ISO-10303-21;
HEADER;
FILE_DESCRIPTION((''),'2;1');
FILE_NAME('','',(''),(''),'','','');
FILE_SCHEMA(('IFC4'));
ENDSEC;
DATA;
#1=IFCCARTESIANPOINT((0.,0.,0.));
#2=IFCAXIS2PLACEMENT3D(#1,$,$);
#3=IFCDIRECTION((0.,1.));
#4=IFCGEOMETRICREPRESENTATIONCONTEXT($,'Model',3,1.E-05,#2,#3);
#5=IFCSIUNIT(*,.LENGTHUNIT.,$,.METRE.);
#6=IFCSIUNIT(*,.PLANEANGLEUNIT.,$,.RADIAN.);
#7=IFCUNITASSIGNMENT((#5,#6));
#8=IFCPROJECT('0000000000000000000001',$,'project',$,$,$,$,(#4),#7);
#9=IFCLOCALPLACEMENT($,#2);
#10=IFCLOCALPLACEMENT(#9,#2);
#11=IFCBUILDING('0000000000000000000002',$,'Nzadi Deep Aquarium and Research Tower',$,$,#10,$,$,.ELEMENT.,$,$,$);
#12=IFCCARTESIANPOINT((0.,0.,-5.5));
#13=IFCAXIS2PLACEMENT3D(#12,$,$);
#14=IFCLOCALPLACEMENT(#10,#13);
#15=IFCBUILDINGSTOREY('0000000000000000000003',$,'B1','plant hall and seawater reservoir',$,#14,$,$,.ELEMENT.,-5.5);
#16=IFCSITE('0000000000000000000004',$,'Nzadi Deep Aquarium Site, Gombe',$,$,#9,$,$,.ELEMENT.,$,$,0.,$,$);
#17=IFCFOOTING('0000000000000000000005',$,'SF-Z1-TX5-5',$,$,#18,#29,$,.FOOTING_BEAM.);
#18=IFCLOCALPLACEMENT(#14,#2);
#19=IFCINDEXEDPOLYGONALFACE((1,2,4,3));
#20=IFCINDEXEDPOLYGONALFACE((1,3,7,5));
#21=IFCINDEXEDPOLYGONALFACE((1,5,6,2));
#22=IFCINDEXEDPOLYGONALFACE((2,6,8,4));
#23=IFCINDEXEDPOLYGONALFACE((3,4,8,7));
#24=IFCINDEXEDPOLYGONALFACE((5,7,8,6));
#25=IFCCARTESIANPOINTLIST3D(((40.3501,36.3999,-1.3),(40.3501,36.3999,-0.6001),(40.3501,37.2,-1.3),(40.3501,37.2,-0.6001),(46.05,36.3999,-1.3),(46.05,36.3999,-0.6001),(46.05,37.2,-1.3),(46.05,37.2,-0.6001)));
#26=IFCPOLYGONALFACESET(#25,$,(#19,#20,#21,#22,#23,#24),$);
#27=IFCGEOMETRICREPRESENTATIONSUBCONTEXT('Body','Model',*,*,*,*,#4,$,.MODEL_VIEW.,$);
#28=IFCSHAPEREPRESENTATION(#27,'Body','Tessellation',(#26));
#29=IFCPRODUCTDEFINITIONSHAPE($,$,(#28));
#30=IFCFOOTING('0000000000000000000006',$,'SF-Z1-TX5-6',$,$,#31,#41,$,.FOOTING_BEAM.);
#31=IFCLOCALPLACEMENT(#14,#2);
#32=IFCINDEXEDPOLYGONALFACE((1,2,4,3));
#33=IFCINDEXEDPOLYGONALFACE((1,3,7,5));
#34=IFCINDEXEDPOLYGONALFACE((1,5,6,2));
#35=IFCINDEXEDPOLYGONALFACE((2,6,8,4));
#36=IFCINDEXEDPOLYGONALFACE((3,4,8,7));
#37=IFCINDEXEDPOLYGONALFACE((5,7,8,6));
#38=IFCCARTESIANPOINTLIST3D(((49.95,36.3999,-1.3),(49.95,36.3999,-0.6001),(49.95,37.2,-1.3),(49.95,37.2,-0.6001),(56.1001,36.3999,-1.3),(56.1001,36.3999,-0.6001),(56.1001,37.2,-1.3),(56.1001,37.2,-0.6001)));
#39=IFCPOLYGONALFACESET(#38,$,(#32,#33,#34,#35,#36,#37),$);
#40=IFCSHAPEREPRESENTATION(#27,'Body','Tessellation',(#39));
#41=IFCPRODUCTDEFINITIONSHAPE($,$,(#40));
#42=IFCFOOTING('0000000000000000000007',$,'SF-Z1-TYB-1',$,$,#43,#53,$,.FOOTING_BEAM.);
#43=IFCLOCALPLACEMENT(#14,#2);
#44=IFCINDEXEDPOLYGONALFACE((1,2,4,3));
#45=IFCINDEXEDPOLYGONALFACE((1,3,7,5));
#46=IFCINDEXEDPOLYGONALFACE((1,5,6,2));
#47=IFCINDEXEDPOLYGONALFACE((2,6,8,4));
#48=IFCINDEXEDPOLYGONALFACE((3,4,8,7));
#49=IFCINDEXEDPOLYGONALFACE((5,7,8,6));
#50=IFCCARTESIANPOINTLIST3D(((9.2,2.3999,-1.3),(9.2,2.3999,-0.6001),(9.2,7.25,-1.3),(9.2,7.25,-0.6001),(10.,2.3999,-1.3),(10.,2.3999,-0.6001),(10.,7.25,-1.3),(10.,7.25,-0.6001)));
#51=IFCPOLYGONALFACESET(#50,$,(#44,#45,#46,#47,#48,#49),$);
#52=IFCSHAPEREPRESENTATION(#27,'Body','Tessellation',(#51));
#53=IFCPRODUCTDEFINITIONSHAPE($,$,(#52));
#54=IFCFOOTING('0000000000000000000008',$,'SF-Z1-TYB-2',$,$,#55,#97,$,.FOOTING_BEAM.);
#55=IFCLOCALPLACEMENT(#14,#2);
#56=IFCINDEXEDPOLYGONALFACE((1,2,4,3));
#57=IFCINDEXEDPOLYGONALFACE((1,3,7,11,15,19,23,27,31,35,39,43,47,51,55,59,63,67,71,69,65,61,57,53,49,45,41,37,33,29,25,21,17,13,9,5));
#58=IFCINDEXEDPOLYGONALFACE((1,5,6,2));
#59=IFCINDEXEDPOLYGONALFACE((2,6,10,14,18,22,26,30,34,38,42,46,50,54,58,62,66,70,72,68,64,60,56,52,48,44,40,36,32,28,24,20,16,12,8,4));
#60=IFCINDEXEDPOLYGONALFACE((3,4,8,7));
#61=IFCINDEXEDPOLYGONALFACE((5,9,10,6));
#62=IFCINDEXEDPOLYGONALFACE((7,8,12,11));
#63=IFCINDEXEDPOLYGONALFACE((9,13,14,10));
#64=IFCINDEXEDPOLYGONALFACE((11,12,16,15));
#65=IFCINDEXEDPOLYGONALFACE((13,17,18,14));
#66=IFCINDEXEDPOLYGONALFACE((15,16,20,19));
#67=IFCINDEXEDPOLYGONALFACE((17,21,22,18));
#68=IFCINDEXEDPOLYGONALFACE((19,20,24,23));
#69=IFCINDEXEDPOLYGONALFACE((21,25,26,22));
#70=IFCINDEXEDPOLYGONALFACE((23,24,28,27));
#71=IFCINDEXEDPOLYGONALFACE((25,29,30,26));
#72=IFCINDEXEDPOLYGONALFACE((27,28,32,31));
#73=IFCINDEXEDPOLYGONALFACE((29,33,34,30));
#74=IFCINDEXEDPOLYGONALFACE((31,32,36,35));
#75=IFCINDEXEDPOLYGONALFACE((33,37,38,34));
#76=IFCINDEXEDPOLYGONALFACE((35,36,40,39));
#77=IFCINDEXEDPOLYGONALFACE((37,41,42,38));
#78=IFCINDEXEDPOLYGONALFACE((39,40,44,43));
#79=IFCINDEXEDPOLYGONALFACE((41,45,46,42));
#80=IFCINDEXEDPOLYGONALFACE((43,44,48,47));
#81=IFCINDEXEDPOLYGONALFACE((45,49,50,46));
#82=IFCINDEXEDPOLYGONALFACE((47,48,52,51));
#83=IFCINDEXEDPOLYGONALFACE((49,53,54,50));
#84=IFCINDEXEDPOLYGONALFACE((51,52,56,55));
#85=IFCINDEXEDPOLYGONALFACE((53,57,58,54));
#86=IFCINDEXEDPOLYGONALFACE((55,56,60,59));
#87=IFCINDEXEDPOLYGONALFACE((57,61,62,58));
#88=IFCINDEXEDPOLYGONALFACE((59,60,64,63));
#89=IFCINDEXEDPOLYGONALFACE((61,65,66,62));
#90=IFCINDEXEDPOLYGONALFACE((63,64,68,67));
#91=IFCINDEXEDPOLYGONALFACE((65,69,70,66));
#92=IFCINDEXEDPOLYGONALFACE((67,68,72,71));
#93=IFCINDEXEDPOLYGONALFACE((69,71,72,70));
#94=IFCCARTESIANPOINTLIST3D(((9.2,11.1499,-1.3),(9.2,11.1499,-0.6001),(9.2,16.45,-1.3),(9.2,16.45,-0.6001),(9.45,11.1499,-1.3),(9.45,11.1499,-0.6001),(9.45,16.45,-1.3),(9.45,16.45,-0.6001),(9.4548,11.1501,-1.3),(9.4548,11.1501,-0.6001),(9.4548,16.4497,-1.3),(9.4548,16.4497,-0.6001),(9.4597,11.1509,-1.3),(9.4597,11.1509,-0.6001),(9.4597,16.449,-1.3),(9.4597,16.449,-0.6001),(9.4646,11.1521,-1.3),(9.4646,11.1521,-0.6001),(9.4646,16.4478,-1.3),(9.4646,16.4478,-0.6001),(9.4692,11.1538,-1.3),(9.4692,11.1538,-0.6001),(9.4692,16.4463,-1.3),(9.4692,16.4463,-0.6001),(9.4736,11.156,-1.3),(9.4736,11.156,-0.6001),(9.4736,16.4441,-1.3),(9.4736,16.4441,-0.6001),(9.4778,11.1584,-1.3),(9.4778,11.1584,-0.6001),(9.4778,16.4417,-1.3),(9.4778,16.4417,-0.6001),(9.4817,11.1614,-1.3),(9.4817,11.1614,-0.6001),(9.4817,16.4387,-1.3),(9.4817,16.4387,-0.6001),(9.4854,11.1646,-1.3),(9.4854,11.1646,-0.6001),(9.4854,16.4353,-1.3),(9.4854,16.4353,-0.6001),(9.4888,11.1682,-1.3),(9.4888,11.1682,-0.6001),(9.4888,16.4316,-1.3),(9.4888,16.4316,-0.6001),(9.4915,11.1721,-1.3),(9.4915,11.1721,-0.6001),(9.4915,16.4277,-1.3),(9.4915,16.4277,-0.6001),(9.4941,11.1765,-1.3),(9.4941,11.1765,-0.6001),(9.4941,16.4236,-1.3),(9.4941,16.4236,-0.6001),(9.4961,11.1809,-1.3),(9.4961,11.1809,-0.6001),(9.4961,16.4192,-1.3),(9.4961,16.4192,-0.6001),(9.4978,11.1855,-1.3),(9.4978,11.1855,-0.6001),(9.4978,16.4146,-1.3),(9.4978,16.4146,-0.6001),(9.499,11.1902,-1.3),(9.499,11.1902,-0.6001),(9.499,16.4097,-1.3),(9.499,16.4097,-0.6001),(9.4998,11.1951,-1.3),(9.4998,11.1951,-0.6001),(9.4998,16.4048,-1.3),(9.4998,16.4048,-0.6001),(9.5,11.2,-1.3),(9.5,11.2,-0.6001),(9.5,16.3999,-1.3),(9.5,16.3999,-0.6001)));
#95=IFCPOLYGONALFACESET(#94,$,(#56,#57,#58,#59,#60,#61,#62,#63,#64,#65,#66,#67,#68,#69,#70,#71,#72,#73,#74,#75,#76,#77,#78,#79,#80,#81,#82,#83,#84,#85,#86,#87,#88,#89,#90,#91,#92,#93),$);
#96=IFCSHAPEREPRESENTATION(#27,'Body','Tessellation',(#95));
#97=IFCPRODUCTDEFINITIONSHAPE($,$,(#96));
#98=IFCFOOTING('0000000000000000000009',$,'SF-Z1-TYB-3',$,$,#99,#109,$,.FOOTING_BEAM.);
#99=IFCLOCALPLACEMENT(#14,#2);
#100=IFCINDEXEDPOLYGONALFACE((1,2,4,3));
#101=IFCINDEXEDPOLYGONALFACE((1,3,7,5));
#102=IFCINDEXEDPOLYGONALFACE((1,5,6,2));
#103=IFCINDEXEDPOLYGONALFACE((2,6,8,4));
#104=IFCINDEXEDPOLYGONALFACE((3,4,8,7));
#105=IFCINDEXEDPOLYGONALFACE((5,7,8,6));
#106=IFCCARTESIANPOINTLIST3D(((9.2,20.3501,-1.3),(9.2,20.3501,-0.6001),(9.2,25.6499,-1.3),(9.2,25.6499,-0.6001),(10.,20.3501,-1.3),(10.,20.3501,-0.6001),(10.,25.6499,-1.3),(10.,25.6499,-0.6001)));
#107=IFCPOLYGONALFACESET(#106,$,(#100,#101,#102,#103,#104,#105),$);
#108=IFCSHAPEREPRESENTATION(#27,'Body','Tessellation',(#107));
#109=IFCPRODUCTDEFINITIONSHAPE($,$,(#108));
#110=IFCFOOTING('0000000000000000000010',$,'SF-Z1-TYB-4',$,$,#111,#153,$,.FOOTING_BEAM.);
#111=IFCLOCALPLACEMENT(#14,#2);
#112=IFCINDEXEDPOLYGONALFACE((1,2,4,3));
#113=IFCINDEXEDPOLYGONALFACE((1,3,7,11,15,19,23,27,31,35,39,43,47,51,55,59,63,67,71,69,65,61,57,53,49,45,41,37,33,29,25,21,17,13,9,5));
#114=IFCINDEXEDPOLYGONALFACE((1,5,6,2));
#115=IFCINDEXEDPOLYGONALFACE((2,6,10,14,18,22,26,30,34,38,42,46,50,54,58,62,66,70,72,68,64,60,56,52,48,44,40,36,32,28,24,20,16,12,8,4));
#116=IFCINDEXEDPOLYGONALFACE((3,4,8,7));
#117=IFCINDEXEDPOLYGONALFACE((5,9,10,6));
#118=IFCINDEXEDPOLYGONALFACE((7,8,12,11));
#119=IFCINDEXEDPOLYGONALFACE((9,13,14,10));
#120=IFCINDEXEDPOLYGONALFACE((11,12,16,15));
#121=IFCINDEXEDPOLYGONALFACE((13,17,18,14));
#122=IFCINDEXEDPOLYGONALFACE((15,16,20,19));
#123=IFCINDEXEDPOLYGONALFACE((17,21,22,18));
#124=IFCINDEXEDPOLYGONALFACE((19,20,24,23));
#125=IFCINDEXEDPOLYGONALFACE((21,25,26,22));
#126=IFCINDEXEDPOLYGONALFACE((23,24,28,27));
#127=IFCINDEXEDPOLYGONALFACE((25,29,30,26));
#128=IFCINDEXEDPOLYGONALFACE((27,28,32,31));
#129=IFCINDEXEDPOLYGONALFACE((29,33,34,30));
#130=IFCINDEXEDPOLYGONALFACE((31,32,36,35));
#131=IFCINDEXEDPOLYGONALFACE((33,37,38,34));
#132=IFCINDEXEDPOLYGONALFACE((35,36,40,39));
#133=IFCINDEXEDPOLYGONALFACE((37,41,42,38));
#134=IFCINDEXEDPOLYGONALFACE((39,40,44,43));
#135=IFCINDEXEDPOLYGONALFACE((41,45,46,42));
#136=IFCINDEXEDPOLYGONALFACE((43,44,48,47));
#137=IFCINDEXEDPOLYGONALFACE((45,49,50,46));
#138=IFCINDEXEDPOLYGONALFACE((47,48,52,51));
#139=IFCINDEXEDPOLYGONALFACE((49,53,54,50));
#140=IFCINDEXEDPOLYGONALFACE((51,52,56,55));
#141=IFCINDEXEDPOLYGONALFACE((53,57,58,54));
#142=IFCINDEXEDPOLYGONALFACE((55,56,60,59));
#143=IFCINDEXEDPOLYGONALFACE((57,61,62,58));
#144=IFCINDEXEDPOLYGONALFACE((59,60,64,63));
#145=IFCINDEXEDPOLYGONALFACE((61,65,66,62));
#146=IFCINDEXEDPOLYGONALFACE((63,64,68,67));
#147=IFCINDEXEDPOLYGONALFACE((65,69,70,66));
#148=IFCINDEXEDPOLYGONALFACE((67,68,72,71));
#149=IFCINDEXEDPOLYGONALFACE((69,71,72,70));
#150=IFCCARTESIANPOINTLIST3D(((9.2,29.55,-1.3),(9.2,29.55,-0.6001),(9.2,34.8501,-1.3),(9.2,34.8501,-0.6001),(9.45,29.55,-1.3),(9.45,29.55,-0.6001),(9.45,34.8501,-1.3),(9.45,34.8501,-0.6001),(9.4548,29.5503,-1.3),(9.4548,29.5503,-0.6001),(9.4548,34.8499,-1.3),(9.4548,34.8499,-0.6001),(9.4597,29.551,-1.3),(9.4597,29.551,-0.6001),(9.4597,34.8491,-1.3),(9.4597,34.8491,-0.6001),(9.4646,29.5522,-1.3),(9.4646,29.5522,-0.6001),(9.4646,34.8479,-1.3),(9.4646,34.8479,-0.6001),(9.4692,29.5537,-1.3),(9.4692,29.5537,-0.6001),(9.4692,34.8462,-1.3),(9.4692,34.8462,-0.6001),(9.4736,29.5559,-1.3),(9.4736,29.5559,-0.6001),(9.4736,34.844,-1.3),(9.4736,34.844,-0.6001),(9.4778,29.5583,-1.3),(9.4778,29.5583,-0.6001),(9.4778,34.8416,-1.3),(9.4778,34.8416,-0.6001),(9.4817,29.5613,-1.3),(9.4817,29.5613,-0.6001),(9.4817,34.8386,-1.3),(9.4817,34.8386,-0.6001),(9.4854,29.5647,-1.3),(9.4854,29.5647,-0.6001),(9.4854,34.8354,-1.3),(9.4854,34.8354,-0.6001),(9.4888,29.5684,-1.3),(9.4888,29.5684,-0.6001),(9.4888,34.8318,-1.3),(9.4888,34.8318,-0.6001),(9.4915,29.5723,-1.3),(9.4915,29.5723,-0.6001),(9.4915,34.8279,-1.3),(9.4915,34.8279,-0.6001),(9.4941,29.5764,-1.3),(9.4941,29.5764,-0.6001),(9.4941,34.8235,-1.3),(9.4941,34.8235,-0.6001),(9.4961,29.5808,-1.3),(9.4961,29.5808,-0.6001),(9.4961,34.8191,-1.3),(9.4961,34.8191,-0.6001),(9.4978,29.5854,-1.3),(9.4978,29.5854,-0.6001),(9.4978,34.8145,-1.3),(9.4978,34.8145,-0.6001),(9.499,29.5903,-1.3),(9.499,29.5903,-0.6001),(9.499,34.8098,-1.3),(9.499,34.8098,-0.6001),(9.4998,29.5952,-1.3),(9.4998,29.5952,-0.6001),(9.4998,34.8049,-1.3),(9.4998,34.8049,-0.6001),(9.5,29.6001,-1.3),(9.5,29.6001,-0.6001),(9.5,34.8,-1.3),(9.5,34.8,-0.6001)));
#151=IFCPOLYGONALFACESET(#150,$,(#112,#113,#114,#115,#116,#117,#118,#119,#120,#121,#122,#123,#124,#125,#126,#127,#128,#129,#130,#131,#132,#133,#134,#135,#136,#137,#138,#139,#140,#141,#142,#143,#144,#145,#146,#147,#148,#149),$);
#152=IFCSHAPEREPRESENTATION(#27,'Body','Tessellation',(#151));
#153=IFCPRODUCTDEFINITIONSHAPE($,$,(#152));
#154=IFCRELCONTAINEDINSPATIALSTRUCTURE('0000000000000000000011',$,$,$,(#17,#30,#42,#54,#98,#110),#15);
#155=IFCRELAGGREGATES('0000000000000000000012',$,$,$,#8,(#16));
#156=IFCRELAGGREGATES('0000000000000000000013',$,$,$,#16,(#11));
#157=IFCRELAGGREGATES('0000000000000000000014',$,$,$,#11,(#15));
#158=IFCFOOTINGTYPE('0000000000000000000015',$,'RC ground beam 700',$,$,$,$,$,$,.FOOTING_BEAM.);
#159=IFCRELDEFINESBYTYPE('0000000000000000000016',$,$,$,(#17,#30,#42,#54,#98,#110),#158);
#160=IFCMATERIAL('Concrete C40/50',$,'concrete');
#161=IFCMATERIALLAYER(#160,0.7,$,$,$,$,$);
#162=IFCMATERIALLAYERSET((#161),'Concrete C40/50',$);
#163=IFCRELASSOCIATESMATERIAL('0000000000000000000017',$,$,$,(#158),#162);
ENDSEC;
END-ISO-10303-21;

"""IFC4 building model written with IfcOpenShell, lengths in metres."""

from ifc_helpers import new_model, si_unit, direction, frame, origin, place, context, subcontext, project, spatial, polyline, outline, extrude, material, layer, layer_set, type_object, element, save


model = new_model("IFC4")

# Units and contexts
model_context = context("Model", 3, precision=1e-05, world=origin(), true_north=direction((0.0, 1.0)))
body_context = subcontext(model_context, "Body", "Model", "MODEL_VIEW")
ifc_project = project(units=[si_unit("LENGTHUNIT", "METRE"), si_unit("PLANEANGLEUNIT", "RADIAN")], contexts=[model_context])

# Site, building, storey
site_placement = place(None, origin())
site = spatial("IfcSite", under=ifc_project, at=site_placement, Name="Nzadi Deep Aquarium Site, Gombe", CompositionType="ELEMENT", RefElevation=0.0)
building_placement = place(site_placement, origin())
building = spatial("IfcBuilding", under=site, at=building_placement, Name="Nzadi Deep Aquarium and Research Tower", CompositionType="ELEMENT")
storey_placement = place(building_placement, frame((0.0, 0.0, -5.5)))
storey = spatial("IfcBuildingStorey", under=building, at=storey_placement, Name="B1", Description="plant hall and seawater reservoir", CompositionType="ELEMENT", Elevation=-5.5)

# Footings
ifc_material = material(Name="Concrete C40/50", Category="concrete")
ifc_layer = layer(ifc_material, 0.7)
ifc_layer_set = layer_set([ifc_layer], Name="Concrete C40/50")
footing_type = type_object("IfcFootingType", Name="RC ground beam 700", PredefinedType="FOOTING_BEAM", material=ifc_layer_set)
footing_1_placement = place(storey_placement, frame((0.0, 0.0, -1.3)))
element("IfcFooting", 1, at=footing_1_placement, inside=storey, type_object=footing_type, Name="SF-Z1-TX5-5", PredefinedType="FOOTING_BEAM", context=body_context, shape_type="SweptSolid", body=[
    extrude(outline(polyline([(46.05, 37.2), (40.3501, 37.2), (40.3501, 36.3999), (46.05, 36.3999), (46.05, 37.2)])), origin(), (0.0, 0.0, 1.0), 0.7),
])
footing_2_placement = place(storey_placement, frame((0.0, 0.0, -1.3)))
element("IfcFooting", 2, at=footing_2_placement, inside=storey, type_object=footing_type, Name="SF-Z1-TX5-6", PredefinedType="FOOTING_BEAM", context=body_context, shape_type="SweptSolid", body=[
    extrude(outline(polyline([(56.1001, 36.3999), (56.1001, 37.2), (49.95, 37.2), (49.95, 36.3999), (56.1001, 36.3999)])), origin(), (0.0, 0.0, 1.0), 0.7),
])
footing_3_placement = place(storey_placement, frame((0.0, 0.0, -1.3)))
element("IfcFooting", 3, at=footing_3_placement, inside=storey, type_object=footing_type, Name="SF-Z1-TYB-1", PredefinedType="FOOTING_BEAM", context=body_context, shape_type="SweptSolid", body=[
    extrude(outline(polyline([(10.0, 2.3999), (10.0, 7.25), (9.2, 7.25), (9.2, 2.3999), (10.0, 2.3999)])), origin(), (0.0, 0.0, 1.0), 0.7),
])
footing_4_placement = place(storey_placement, frame((0.0, 0.0, -1.3)))
element("IfcFooting", 4, at=footing_4_placement, inside=storey, type_object=footing_type, Name="SF-Z1-TYB-2", PredefinedType="FOOTING_BEAM", context=body_context, shape_type="SweptSolid", body=[
    extrude(outline(polyline([(9.2, 16.45), (9.2, 11.1499), (9.45, 11.1499), (9.4548, 11.1501), (9.4597, 11.1509), (9.4646, 11.1521), (9.4692, 11.1538), (9.4736, 11.156), (9.4778, 11.1584), (9.4817, 11.1614), (9.4854, 11.1646), (9.4888, 11.1682), (9.4915, 11.1721), (9.4941, 11.1765), (9.4961, 11.1809), (9.4978, 11.1855), (9.499, 11.1902), (9.4998, 11.1951), (9.5, 11.2), (9.5, 16.3999), (9.4998, 16.4048), (9.499, 16.4097), (9.4978, 16.4146), (9.4961, 16.4192), (9.4941, 16.4236), (9.4915, 16.4277), (9.4888, 16.4316), (9.4854, 16.4353), (9.4817, 16.4387), (9.4778, 16.4417), (9.4736, 16.4441), (9.4692, 16.4463), (9.4646, 16.4478), (9.4597, 16.449), (9.4548, 16.4497), (9.45, 16.45), (9.2, 16.45)])), origin(), (0.0, 0.0, 1.0), 0.7),
])
footing_5_placement = place(storey_placement, frame((0.0, 0.0, -1.3)))
element("IfcFooting", 5, at=footing_5_placement, inside=storey, type_object=footing_type, Name="SF-Z1-TYB-3", PredefinedType="FOOTING_BEAM", context=body_context, shape_type="SweptSolid", body=[
    extrude(outline(polyline([(10.0, 20.3501), (10.0, 25.6499), (9.2, 25.6499), (9.2, 20.3501), (10.0, 20.3501)])), origin(), (0.0, 0.0, 1.0), 0.7),
])
footing_6_placement = place(storey_placement, frame((0.0, 0.0, -1.3)))
element("IfcFooting", 6, at=footing_6_placement, inside=storey, type_object=footing_type, Name="SF-Z1-TYB-4", PredefinedType="FOOTING_BEAM", context=body_context, shape_type="SweptSolid", body=[
    extrude(outline(polyline([(9.2, 34.8501), (9.2, 29.55), (9.45, 29.55), (9.4548, 29.5503), (9.4597, 29.551), (9.4646, 29.5522), (9.4692, 29.5537), (9.4736, 29.5559), (9.4778, 29.5583), (9.4817, 29.5613), (9.4854, 29.5647), (9.4888, 29.5684), (9.4915, 29.5723), (9.4941, 29.5764), (9.4961, 29.5808), (9.4978, 29.5854), (9.499, 29.5903), (9.4998, 29.5952), (9.5, 29.6001), (9.5, 34.8), (9.4998, 34.8049), (9.499, 34.8098), (9.4978, 34.8145), (9.4961, 34.8191), (9.4941, 34.8235), (9.4915, 34.8279), (9.4888, 34.8318), (9.4854, 34.8354), (9.4817, 34.8386), (9.4778, 34.8416), (9.4736, 34.844), (9.4692, 34.8462), (9.4646, 34.8479), (9.4597, 34.8491), (9.4548, 34.8499), (9.45, 34.8501), (9.2, 34.8501)])), origin(), (0.0, 0.0, 1.0), 0.7),
])

save(model, "model.ifc")
